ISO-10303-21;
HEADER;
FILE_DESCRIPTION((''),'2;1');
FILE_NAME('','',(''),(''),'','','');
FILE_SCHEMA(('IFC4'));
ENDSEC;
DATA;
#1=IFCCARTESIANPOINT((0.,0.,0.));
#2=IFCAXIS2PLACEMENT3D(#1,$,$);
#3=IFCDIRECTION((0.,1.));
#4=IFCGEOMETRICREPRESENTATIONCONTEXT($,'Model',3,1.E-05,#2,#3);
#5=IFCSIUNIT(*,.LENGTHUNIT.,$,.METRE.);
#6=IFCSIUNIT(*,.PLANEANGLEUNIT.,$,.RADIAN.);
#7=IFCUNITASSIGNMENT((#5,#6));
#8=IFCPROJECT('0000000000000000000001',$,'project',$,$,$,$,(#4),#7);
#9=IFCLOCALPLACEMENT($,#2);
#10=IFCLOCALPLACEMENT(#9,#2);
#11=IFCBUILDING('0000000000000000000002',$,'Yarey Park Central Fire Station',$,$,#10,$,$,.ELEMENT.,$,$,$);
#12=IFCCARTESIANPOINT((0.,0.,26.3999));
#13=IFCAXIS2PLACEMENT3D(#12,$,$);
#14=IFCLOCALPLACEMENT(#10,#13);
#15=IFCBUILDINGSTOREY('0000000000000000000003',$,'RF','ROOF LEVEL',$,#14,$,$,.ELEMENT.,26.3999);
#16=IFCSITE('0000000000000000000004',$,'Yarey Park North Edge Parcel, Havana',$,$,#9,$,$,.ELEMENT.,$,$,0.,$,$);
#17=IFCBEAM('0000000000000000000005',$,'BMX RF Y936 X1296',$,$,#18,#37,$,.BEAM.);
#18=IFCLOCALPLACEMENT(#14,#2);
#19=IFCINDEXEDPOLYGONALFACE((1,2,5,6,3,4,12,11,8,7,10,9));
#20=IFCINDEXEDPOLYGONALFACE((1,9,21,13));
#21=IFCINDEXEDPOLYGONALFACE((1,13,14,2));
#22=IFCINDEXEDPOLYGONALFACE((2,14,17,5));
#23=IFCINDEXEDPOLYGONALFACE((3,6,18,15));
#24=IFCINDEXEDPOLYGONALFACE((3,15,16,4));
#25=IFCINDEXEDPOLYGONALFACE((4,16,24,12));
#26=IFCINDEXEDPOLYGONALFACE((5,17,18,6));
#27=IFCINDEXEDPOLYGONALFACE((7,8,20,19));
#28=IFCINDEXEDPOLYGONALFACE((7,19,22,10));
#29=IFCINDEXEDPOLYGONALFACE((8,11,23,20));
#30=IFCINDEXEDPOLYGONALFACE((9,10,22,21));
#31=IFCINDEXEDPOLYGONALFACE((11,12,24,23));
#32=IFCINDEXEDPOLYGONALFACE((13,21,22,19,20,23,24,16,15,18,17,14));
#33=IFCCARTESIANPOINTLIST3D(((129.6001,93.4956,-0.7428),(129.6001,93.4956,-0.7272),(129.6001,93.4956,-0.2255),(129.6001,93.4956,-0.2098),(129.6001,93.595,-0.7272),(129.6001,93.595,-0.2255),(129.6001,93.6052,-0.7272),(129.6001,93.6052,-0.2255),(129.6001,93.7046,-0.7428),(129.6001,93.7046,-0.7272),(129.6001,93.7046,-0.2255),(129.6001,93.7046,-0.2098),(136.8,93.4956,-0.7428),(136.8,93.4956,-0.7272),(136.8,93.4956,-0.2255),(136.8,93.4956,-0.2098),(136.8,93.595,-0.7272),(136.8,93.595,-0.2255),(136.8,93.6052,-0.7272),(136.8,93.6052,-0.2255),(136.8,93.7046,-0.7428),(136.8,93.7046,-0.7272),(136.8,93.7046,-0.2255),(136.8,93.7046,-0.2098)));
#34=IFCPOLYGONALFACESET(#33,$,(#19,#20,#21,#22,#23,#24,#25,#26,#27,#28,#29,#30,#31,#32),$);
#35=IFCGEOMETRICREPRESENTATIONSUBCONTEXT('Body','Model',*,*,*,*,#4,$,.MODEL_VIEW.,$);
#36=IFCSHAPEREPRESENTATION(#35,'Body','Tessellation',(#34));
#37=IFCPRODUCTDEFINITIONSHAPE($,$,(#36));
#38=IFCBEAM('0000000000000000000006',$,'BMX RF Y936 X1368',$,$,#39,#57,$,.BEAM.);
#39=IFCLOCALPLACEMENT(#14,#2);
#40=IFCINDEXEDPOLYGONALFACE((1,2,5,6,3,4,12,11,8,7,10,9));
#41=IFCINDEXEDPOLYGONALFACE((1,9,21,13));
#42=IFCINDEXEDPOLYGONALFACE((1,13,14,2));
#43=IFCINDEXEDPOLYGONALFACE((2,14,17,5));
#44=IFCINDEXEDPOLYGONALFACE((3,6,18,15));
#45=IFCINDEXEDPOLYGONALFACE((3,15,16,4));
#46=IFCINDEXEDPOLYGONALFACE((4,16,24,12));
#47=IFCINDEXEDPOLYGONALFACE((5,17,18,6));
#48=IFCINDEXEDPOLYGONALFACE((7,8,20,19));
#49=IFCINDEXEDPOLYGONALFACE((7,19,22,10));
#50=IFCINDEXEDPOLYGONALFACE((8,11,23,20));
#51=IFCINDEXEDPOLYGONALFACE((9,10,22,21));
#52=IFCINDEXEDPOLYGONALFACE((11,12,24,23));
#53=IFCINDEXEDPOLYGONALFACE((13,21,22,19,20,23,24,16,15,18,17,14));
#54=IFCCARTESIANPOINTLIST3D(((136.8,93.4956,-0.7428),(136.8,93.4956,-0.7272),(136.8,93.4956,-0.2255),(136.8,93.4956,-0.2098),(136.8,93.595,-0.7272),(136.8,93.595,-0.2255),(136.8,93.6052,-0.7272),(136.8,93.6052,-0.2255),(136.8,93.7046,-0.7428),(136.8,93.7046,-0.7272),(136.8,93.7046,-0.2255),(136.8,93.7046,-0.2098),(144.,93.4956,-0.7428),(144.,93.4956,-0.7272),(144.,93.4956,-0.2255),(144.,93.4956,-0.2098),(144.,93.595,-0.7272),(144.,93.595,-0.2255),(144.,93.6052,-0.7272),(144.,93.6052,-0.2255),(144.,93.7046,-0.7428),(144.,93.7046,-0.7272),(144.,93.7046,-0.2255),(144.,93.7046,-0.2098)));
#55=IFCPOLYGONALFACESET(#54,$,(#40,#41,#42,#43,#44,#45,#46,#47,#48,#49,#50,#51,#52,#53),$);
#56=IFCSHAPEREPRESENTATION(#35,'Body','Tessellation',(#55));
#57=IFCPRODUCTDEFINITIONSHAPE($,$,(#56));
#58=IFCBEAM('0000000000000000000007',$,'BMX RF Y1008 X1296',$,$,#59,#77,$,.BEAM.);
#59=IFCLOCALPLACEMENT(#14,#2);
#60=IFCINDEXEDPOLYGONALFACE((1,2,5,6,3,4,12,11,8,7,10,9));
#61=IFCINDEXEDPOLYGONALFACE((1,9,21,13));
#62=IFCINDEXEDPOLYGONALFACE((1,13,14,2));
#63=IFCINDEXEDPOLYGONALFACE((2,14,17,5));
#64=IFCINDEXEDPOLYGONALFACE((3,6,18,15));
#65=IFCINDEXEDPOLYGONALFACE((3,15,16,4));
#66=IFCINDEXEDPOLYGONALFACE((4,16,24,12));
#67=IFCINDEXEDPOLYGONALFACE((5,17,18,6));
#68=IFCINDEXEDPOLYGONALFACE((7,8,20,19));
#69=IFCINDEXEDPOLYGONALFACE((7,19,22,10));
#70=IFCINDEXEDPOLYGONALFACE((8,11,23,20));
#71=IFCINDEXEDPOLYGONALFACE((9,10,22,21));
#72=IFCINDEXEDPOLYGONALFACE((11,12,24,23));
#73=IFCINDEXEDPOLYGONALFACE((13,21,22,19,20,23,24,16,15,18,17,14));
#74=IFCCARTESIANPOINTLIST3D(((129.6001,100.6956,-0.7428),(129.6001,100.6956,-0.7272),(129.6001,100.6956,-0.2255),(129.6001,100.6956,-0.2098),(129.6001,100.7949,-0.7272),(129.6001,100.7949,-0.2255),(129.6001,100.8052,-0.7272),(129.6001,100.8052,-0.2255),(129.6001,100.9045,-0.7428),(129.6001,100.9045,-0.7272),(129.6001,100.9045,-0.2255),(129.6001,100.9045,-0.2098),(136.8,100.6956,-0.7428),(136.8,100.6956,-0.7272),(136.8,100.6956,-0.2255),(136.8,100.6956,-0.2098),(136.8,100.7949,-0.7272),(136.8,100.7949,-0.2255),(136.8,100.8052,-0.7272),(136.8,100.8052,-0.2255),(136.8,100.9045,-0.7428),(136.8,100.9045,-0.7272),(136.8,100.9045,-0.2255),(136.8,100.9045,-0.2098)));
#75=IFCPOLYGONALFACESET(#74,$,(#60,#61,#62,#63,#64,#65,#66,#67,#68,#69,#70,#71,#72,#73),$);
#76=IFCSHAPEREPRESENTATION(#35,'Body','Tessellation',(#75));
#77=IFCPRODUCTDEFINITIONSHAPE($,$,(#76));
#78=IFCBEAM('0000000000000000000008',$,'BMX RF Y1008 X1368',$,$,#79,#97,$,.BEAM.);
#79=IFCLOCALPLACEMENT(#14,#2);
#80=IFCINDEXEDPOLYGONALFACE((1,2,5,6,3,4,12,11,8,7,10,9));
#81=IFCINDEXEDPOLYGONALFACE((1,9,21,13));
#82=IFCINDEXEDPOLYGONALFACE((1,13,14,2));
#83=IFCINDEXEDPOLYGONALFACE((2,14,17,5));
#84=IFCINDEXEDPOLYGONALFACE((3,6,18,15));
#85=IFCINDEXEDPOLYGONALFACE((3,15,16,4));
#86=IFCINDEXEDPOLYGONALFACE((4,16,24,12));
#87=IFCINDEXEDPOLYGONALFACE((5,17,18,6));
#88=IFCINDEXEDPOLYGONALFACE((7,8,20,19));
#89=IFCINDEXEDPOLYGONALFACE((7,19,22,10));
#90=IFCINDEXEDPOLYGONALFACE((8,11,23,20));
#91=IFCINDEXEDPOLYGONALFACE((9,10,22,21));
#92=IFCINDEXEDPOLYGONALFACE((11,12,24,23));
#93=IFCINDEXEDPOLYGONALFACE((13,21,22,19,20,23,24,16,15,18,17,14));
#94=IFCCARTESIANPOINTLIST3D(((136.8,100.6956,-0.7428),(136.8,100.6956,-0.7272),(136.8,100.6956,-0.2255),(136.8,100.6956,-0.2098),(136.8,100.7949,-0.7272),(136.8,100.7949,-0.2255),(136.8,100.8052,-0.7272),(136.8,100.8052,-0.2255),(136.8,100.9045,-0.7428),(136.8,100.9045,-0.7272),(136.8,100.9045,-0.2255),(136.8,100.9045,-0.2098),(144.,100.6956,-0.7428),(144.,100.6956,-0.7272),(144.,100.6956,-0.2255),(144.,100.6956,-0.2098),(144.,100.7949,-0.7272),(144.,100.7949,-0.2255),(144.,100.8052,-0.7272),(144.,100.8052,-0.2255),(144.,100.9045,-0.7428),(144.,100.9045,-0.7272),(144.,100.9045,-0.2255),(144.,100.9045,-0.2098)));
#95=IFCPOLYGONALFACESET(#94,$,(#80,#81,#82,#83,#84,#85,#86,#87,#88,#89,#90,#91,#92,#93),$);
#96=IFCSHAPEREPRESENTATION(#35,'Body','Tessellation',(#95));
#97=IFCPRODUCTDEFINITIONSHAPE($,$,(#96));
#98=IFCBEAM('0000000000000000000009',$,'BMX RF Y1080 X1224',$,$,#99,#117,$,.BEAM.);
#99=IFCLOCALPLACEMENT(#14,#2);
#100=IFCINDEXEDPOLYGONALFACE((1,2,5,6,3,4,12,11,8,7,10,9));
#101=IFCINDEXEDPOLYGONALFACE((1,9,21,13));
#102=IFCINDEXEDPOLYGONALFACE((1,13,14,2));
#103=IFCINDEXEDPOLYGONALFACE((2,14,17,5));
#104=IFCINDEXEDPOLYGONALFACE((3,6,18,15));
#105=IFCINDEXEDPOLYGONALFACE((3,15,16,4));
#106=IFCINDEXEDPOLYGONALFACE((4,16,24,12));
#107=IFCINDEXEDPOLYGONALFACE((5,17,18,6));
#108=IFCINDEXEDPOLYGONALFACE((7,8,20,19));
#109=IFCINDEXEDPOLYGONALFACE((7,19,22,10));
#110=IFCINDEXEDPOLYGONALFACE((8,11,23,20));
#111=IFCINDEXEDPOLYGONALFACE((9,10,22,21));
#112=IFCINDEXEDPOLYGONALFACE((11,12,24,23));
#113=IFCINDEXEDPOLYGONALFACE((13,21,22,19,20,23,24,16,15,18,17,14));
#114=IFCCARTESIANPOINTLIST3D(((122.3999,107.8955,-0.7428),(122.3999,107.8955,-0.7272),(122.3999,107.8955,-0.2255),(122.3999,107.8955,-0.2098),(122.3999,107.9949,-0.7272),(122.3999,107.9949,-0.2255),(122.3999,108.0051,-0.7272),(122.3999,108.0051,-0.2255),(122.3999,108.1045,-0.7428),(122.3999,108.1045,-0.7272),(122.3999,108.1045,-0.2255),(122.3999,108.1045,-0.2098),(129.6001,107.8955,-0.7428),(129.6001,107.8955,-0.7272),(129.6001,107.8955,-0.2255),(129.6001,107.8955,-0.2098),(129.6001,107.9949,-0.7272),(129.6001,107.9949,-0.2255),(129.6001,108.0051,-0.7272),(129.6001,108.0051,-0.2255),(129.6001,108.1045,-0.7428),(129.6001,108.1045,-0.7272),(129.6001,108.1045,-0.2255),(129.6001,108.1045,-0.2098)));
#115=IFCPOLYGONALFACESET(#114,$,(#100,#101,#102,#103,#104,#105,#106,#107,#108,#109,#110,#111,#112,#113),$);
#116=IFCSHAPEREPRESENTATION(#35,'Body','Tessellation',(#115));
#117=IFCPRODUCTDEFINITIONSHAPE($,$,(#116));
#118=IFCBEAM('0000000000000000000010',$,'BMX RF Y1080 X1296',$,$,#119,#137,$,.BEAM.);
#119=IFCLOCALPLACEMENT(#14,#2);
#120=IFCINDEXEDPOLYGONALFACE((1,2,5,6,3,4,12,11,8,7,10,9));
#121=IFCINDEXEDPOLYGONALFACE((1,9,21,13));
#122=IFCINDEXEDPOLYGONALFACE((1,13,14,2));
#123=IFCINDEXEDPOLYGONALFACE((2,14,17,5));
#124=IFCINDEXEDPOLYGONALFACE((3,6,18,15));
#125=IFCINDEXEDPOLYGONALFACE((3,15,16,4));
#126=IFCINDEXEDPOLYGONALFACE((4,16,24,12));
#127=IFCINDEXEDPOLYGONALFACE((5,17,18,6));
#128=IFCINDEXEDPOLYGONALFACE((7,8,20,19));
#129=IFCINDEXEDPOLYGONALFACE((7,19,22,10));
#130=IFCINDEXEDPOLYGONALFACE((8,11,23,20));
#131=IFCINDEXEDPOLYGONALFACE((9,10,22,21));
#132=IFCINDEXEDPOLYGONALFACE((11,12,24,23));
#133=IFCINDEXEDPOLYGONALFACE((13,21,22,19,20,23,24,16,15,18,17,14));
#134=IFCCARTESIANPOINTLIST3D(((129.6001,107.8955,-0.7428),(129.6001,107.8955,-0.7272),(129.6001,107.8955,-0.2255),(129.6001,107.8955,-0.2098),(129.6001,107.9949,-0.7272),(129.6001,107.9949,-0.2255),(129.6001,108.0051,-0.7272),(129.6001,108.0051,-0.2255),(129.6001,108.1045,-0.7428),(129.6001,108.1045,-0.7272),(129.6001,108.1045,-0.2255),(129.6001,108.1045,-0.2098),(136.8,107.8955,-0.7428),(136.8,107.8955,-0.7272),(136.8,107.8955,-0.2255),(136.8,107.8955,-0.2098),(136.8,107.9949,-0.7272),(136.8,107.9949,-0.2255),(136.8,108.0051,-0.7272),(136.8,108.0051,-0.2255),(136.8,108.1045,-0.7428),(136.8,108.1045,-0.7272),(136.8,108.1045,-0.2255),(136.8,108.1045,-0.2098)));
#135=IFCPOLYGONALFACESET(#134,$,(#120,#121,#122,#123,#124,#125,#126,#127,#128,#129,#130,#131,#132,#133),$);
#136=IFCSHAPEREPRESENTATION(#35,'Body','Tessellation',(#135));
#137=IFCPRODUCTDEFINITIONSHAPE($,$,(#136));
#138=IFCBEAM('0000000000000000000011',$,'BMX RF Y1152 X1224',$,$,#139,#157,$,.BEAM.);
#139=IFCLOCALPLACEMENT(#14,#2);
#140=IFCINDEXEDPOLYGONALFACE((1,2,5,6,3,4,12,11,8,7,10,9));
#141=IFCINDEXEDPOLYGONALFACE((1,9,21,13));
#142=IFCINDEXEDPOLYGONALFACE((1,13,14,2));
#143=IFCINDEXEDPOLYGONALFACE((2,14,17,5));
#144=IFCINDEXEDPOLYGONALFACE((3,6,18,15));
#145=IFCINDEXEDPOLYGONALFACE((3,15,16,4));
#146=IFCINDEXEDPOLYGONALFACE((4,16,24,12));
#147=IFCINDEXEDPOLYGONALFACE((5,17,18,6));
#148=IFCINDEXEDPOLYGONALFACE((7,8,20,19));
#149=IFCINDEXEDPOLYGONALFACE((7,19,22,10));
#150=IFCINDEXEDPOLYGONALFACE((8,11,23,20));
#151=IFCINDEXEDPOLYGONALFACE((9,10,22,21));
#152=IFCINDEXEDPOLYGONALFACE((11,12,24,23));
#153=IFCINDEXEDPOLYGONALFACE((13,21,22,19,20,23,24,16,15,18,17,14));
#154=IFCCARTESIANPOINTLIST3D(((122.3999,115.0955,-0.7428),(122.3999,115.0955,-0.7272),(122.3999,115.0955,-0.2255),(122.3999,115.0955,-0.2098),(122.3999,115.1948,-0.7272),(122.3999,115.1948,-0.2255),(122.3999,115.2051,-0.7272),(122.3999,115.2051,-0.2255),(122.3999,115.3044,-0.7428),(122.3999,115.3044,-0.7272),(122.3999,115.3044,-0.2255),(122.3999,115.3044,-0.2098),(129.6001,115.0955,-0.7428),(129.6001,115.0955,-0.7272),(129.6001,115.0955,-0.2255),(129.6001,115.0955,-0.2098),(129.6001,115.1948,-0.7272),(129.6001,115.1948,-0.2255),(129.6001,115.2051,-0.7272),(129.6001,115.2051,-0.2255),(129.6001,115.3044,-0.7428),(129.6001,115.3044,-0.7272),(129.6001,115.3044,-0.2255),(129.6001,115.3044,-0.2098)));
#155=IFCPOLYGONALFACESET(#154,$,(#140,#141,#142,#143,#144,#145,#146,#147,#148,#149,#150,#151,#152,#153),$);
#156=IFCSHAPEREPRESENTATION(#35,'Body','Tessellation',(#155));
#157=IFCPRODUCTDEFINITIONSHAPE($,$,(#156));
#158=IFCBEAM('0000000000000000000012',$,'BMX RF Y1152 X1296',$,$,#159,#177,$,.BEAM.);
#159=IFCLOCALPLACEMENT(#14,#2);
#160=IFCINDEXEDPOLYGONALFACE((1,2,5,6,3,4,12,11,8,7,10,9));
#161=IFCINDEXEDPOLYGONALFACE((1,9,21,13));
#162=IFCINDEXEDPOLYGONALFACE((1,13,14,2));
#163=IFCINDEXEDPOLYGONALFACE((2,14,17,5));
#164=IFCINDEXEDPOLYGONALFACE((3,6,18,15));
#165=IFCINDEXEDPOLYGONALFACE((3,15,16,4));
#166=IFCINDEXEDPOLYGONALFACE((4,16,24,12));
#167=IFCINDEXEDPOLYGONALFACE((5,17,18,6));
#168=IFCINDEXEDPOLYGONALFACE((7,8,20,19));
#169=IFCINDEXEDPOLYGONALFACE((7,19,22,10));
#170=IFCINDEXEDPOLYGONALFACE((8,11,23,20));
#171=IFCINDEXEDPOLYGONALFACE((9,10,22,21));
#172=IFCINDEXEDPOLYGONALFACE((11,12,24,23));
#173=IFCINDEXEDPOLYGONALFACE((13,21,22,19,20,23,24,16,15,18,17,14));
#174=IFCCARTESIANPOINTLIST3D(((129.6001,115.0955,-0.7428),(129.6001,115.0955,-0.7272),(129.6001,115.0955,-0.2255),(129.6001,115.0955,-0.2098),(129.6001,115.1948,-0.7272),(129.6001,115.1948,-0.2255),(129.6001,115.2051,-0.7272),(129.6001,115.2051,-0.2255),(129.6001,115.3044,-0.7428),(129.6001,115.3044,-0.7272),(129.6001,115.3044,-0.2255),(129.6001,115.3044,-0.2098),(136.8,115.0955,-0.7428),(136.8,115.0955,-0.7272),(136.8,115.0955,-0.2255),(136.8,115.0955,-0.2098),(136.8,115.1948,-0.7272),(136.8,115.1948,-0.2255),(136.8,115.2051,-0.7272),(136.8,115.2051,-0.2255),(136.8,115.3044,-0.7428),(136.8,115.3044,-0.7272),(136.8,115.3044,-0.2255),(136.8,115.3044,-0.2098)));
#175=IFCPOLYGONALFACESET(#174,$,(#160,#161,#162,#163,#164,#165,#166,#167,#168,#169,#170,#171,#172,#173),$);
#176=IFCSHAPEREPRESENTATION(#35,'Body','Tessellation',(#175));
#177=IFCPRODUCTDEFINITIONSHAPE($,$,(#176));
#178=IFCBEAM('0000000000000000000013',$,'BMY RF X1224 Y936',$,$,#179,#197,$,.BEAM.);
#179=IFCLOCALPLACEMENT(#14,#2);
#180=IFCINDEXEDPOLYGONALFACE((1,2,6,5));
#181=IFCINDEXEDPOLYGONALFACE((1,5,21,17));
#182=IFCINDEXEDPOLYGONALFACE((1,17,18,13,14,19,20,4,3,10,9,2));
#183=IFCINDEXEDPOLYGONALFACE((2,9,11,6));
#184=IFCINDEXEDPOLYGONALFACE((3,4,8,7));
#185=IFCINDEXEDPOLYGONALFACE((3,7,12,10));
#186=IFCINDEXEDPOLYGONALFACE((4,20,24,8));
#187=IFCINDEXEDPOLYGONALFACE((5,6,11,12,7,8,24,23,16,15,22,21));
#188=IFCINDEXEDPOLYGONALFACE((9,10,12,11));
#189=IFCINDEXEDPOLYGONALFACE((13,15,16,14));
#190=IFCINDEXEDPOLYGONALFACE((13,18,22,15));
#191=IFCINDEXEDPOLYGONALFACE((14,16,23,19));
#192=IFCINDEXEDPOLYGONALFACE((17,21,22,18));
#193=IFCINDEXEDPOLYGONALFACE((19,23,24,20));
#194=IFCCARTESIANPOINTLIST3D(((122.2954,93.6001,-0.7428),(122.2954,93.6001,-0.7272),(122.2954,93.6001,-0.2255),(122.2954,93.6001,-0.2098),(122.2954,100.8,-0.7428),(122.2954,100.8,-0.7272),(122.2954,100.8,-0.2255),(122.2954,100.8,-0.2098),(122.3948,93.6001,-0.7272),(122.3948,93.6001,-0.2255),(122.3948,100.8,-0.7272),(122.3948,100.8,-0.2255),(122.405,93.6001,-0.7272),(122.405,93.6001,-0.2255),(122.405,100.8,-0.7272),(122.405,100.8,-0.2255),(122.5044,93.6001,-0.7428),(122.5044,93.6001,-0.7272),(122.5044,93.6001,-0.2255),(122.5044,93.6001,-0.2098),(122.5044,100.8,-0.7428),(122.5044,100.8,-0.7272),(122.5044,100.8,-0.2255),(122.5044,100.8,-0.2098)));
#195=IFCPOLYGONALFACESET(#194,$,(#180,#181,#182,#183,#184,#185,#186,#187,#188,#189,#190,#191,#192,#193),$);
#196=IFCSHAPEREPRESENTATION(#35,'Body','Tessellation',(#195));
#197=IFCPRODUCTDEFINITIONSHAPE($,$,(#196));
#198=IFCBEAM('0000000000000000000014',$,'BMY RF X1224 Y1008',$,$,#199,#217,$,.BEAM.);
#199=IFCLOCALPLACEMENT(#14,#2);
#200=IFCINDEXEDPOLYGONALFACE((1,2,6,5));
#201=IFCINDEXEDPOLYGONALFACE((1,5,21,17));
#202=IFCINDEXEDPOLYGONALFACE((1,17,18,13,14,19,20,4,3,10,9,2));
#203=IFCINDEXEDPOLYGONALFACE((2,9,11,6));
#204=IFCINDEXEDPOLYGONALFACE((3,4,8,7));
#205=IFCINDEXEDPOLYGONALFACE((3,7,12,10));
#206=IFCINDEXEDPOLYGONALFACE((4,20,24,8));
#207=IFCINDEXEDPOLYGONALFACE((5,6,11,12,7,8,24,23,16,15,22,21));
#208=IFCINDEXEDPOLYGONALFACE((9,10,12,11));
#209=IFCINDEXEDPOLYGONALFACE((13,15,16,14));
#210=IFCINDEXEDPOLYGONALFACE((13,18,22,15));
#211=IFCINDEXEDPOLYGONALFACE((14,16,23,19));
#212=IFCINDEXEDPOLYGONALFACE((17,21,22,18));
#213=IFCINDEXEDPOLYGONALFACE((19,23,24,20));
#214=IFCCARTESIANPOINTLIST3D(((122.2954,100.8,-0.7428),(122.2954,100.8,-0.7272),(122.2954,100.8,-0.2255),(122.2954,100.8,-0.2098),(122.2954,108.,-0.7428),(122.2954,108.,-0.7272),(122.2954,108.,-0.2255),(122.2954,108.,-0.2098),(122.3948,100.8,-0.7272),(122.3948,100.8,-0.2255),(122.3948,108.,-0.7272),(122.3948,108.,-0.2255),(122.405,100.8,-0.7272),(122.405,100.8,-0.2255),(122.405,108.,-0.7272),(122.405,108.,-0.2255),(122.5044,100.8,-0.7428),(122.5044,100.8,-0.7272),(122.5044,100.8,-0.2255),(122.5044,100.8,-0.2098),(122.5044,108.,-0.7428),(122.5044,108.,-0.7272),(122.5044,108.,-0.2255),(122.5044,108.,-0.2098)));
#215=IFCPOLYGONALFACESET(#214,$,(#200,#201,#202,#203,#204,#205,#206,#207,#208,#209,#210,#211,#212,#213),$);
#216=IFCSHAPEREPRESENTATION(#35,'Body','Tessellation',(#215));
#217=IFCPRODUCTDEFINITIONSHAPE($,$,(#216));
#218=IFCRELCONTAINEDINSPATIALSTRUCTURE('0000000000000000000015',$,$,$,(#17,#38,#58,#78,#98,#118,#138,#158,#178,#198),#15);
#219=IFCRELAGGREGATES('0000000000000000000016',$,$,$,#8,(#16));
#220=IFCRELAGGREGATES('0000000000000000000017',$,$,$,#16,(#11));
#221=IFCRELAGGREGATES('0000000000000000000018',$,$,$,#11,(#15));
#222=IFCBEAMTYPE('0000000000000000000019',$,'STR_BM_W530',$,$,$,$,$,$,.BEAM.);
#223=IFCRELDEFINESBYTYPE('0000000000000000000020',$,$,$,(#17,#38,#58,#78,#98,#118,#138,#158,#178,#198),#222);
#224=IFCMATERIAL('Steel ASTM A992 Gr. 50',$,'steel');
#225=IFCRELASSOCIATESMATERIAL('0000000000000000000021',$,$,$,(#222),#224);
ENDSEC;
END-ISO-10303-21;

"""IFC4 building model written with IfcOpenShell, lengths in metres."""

from ifc_helpers import new_model, si_unit, direction, frame, origin, origin_2d, place, context, subcontext, project, spatial, i_section, extrude, material, material_profile, profile_set, type_object, element, save


model = new_model("IFC4")

# Units and contexts
model_context = context("Model", 3, precision=1e-05, world=origin(), true_north=direction((0.0, 1.0)))
body_context = subcontext(model_context, "Body", "Model", "MODEL_VIEW")
ifc_project = project(units=[si_unit("LENGTHUNIT", "METRE"), si_unit("PLANEANGLEUNIT", "RADIAN")], contexts=[model_context])

# Site, building, storey
site_placement = place(None, origin())
site = spatial("IfcSite", under=ifc_project, at=site_placement, Name="Yarey Park North Edge Parcel, Havana", CompositionType="ELEMENT", RefElevation=0.0)
building_placement = place(site_placement, origin())
building = spatial("IfcBuilding", under=site, at=building_placement, Name="Yarey Park Central Fire Station", CompositionType="ELEMENT")
storey_placement = place(building_placement, frame((0.0, 0.0, 26.3999)))
storey = spatial("IfcBuildingStorey", under=building, at=storey_placement, Name="RF", Description="ROOF LEVEL", CompositionType="ELEMENT", Elevation=26.3999)

# Beams
ifc_material = material(Name="Steel ASTM A992 Gr. 50", Category="steel")
ifc_material_profile_1 = material_profile(ifc_material, i_section(OverallWidth=0.209, OverallDepth=0.533, WebThickness=0.0103, FlangeThickness=0.0156, at=origin_2d()), Name="W530x92")
ifc_profile_set_1 = profile_set([ifc_material_profile_1], Name="Steel ASTM A992 Gr. 50")
beam_type_1 = type_object("IfcBeamType", Name="STR_BM_W530", PredefinedType="BEAM", material=ifc_profile_set_1)
for number, where, z_axis, x_axis, name in (
    (1, (129.6001, 93.6001, -0.4763), (1.0, 0.0, 0.0), (0.0, 1.0, 0.0), "BMX RF Y936 X1296"),
    (2, (136.8, 93.6001, -0.4763), (1.0, 0.0, 0.0), (0.0, 1.0, 0.0), "BMX RF Y936 X1368"),
    (3, (129.6001, 100.8, -0.4763), (1.0, 0.0, 0.0), (0.0, 1.0, 0.0), "BMX RF Y1008 X1296"),
    (4, (136.8, 100.8, -0.4763), (1.0, 0.0, 0.0), (0.0, 1.0, 0.0), "BMX RF Y1008 X1368"),
):
    element("IfcBeam", number, at=place(storey_placement, frame(where, z_axis=z_axis, x_axis=x_axis)), inside=storey, type_object=beam_type_1, Name=name, PredefinedType="BEAM", context=body_context, shape_type="SweptSolid", body=[
        extrude(i_section(OverallWidth=0.209, OverallDepth=0.533, WebThickness=0.0103, FlangeThickness=0.0156, at=origin_2d()), origin(), (0.0, 0.0, 1.0), 7.2),
    ])
beam_1_placement = place(storey_placement, frame((122.3999, 108.0, -0.4763), z_axis=(1.0, 0.0, 0.0), x_axis=(0.0, 1.0, 0.0)))
element("IfcBeam", 5, at=beam_1_placement, inside=storey, type_object=beam_type_1, Name="BMX RF Y1080 X1224", PredefinedType="BEAM", context=body_context, shape_type="SweptSolid", body=[
    extrude(i_section(OverallWidth=0.209, OverallDepth=0.533, WebThickness=0.0103, FlangeThickness=0.0156, at=origin_2d()), origin(), (0.0, 0.0, 1.0), 7.2002),
])
beam_2_placement = place(storey_placement, frame((129.6001, 108.0, -0.4763), z_axis=(1.0, 0.0, 0.0), x_axis=(0.0, 1.0, 0.0)))
element("IfcBeam", 6, at=beam_2_placement, inside=storey, type_object=beam_type_1, Name="BMX RF Y1080 X1296", PredefinedType="BEAM", context=body_context, shape_type="SweptSolid", body=[
    extrude(i_section(OverallWidth=0.209, OverallDepth=0.533, WebThickness=0.0103, FlangeThickness=0.0156, at=origin_2d()), origin(), (0.0, 0.0, 1.0), 7.2),
])
beam_3_placement = place(storey_placement, frame((122.3999, 115.2, -0.4763), z_axis=(1.0, 0.0, 0.0), x_axis=(0.0, 1.0, 0.0)))
element("IfcBeam", 7, at=beam_3_placement, inside=storey, type_object=beam_type_1, Name="BMX RF Y1152 X1224", PredefinedType="BEAM", context=body_context, shape_type="SweptSolid", body=[
    extrude(i_section(OverallWidth=0.209, OverallDepth=0.533, WebThickness=0.0103, FlangeThickness=0.0156, at=origin_2d()), origin(), (0.0, 0.0, 1.0), 7.2002),
])
for number, where, z_axis, x_axis, name in (
    (8, (129.6001, 115.2, -0.4763), (1.0, 0.0, 0.0), (0.0, 1.0, 0.0), "BMX RF Y1152 X1296"),
    (9, (122.3999, 93.6001, -0.4763), (0.0, 1.0, 0.0), (-1.0, 0.0, 0.0), "BMY RF X1224 Y936"),
    (10, (122.3999, 100.8, -0.4763), (0.0, 1.0, 0.0), (-1.0, 0.0, 0.0), "BMY RF X1224 Y1008"),
):
    element("IfcBeam", number, at=place(storey_placement, frame(where, z_axis=z_axis, x_axis=x_axis)), inside=storey, type_object=beam_type_1, Name=name, PredefinedType="BEAM", context=body_context, shape_type="SweptSolid", body=[
        extrude(i_section(OverallWidth=0.209, OverallDepth=0.533, WebThickness=0.0103, FlangeThickness=0.0156, at=origin_2d()), origin(), (0.0, 0.0, 1.0), 7.2),
    ])

save(model, "model.ifc")
